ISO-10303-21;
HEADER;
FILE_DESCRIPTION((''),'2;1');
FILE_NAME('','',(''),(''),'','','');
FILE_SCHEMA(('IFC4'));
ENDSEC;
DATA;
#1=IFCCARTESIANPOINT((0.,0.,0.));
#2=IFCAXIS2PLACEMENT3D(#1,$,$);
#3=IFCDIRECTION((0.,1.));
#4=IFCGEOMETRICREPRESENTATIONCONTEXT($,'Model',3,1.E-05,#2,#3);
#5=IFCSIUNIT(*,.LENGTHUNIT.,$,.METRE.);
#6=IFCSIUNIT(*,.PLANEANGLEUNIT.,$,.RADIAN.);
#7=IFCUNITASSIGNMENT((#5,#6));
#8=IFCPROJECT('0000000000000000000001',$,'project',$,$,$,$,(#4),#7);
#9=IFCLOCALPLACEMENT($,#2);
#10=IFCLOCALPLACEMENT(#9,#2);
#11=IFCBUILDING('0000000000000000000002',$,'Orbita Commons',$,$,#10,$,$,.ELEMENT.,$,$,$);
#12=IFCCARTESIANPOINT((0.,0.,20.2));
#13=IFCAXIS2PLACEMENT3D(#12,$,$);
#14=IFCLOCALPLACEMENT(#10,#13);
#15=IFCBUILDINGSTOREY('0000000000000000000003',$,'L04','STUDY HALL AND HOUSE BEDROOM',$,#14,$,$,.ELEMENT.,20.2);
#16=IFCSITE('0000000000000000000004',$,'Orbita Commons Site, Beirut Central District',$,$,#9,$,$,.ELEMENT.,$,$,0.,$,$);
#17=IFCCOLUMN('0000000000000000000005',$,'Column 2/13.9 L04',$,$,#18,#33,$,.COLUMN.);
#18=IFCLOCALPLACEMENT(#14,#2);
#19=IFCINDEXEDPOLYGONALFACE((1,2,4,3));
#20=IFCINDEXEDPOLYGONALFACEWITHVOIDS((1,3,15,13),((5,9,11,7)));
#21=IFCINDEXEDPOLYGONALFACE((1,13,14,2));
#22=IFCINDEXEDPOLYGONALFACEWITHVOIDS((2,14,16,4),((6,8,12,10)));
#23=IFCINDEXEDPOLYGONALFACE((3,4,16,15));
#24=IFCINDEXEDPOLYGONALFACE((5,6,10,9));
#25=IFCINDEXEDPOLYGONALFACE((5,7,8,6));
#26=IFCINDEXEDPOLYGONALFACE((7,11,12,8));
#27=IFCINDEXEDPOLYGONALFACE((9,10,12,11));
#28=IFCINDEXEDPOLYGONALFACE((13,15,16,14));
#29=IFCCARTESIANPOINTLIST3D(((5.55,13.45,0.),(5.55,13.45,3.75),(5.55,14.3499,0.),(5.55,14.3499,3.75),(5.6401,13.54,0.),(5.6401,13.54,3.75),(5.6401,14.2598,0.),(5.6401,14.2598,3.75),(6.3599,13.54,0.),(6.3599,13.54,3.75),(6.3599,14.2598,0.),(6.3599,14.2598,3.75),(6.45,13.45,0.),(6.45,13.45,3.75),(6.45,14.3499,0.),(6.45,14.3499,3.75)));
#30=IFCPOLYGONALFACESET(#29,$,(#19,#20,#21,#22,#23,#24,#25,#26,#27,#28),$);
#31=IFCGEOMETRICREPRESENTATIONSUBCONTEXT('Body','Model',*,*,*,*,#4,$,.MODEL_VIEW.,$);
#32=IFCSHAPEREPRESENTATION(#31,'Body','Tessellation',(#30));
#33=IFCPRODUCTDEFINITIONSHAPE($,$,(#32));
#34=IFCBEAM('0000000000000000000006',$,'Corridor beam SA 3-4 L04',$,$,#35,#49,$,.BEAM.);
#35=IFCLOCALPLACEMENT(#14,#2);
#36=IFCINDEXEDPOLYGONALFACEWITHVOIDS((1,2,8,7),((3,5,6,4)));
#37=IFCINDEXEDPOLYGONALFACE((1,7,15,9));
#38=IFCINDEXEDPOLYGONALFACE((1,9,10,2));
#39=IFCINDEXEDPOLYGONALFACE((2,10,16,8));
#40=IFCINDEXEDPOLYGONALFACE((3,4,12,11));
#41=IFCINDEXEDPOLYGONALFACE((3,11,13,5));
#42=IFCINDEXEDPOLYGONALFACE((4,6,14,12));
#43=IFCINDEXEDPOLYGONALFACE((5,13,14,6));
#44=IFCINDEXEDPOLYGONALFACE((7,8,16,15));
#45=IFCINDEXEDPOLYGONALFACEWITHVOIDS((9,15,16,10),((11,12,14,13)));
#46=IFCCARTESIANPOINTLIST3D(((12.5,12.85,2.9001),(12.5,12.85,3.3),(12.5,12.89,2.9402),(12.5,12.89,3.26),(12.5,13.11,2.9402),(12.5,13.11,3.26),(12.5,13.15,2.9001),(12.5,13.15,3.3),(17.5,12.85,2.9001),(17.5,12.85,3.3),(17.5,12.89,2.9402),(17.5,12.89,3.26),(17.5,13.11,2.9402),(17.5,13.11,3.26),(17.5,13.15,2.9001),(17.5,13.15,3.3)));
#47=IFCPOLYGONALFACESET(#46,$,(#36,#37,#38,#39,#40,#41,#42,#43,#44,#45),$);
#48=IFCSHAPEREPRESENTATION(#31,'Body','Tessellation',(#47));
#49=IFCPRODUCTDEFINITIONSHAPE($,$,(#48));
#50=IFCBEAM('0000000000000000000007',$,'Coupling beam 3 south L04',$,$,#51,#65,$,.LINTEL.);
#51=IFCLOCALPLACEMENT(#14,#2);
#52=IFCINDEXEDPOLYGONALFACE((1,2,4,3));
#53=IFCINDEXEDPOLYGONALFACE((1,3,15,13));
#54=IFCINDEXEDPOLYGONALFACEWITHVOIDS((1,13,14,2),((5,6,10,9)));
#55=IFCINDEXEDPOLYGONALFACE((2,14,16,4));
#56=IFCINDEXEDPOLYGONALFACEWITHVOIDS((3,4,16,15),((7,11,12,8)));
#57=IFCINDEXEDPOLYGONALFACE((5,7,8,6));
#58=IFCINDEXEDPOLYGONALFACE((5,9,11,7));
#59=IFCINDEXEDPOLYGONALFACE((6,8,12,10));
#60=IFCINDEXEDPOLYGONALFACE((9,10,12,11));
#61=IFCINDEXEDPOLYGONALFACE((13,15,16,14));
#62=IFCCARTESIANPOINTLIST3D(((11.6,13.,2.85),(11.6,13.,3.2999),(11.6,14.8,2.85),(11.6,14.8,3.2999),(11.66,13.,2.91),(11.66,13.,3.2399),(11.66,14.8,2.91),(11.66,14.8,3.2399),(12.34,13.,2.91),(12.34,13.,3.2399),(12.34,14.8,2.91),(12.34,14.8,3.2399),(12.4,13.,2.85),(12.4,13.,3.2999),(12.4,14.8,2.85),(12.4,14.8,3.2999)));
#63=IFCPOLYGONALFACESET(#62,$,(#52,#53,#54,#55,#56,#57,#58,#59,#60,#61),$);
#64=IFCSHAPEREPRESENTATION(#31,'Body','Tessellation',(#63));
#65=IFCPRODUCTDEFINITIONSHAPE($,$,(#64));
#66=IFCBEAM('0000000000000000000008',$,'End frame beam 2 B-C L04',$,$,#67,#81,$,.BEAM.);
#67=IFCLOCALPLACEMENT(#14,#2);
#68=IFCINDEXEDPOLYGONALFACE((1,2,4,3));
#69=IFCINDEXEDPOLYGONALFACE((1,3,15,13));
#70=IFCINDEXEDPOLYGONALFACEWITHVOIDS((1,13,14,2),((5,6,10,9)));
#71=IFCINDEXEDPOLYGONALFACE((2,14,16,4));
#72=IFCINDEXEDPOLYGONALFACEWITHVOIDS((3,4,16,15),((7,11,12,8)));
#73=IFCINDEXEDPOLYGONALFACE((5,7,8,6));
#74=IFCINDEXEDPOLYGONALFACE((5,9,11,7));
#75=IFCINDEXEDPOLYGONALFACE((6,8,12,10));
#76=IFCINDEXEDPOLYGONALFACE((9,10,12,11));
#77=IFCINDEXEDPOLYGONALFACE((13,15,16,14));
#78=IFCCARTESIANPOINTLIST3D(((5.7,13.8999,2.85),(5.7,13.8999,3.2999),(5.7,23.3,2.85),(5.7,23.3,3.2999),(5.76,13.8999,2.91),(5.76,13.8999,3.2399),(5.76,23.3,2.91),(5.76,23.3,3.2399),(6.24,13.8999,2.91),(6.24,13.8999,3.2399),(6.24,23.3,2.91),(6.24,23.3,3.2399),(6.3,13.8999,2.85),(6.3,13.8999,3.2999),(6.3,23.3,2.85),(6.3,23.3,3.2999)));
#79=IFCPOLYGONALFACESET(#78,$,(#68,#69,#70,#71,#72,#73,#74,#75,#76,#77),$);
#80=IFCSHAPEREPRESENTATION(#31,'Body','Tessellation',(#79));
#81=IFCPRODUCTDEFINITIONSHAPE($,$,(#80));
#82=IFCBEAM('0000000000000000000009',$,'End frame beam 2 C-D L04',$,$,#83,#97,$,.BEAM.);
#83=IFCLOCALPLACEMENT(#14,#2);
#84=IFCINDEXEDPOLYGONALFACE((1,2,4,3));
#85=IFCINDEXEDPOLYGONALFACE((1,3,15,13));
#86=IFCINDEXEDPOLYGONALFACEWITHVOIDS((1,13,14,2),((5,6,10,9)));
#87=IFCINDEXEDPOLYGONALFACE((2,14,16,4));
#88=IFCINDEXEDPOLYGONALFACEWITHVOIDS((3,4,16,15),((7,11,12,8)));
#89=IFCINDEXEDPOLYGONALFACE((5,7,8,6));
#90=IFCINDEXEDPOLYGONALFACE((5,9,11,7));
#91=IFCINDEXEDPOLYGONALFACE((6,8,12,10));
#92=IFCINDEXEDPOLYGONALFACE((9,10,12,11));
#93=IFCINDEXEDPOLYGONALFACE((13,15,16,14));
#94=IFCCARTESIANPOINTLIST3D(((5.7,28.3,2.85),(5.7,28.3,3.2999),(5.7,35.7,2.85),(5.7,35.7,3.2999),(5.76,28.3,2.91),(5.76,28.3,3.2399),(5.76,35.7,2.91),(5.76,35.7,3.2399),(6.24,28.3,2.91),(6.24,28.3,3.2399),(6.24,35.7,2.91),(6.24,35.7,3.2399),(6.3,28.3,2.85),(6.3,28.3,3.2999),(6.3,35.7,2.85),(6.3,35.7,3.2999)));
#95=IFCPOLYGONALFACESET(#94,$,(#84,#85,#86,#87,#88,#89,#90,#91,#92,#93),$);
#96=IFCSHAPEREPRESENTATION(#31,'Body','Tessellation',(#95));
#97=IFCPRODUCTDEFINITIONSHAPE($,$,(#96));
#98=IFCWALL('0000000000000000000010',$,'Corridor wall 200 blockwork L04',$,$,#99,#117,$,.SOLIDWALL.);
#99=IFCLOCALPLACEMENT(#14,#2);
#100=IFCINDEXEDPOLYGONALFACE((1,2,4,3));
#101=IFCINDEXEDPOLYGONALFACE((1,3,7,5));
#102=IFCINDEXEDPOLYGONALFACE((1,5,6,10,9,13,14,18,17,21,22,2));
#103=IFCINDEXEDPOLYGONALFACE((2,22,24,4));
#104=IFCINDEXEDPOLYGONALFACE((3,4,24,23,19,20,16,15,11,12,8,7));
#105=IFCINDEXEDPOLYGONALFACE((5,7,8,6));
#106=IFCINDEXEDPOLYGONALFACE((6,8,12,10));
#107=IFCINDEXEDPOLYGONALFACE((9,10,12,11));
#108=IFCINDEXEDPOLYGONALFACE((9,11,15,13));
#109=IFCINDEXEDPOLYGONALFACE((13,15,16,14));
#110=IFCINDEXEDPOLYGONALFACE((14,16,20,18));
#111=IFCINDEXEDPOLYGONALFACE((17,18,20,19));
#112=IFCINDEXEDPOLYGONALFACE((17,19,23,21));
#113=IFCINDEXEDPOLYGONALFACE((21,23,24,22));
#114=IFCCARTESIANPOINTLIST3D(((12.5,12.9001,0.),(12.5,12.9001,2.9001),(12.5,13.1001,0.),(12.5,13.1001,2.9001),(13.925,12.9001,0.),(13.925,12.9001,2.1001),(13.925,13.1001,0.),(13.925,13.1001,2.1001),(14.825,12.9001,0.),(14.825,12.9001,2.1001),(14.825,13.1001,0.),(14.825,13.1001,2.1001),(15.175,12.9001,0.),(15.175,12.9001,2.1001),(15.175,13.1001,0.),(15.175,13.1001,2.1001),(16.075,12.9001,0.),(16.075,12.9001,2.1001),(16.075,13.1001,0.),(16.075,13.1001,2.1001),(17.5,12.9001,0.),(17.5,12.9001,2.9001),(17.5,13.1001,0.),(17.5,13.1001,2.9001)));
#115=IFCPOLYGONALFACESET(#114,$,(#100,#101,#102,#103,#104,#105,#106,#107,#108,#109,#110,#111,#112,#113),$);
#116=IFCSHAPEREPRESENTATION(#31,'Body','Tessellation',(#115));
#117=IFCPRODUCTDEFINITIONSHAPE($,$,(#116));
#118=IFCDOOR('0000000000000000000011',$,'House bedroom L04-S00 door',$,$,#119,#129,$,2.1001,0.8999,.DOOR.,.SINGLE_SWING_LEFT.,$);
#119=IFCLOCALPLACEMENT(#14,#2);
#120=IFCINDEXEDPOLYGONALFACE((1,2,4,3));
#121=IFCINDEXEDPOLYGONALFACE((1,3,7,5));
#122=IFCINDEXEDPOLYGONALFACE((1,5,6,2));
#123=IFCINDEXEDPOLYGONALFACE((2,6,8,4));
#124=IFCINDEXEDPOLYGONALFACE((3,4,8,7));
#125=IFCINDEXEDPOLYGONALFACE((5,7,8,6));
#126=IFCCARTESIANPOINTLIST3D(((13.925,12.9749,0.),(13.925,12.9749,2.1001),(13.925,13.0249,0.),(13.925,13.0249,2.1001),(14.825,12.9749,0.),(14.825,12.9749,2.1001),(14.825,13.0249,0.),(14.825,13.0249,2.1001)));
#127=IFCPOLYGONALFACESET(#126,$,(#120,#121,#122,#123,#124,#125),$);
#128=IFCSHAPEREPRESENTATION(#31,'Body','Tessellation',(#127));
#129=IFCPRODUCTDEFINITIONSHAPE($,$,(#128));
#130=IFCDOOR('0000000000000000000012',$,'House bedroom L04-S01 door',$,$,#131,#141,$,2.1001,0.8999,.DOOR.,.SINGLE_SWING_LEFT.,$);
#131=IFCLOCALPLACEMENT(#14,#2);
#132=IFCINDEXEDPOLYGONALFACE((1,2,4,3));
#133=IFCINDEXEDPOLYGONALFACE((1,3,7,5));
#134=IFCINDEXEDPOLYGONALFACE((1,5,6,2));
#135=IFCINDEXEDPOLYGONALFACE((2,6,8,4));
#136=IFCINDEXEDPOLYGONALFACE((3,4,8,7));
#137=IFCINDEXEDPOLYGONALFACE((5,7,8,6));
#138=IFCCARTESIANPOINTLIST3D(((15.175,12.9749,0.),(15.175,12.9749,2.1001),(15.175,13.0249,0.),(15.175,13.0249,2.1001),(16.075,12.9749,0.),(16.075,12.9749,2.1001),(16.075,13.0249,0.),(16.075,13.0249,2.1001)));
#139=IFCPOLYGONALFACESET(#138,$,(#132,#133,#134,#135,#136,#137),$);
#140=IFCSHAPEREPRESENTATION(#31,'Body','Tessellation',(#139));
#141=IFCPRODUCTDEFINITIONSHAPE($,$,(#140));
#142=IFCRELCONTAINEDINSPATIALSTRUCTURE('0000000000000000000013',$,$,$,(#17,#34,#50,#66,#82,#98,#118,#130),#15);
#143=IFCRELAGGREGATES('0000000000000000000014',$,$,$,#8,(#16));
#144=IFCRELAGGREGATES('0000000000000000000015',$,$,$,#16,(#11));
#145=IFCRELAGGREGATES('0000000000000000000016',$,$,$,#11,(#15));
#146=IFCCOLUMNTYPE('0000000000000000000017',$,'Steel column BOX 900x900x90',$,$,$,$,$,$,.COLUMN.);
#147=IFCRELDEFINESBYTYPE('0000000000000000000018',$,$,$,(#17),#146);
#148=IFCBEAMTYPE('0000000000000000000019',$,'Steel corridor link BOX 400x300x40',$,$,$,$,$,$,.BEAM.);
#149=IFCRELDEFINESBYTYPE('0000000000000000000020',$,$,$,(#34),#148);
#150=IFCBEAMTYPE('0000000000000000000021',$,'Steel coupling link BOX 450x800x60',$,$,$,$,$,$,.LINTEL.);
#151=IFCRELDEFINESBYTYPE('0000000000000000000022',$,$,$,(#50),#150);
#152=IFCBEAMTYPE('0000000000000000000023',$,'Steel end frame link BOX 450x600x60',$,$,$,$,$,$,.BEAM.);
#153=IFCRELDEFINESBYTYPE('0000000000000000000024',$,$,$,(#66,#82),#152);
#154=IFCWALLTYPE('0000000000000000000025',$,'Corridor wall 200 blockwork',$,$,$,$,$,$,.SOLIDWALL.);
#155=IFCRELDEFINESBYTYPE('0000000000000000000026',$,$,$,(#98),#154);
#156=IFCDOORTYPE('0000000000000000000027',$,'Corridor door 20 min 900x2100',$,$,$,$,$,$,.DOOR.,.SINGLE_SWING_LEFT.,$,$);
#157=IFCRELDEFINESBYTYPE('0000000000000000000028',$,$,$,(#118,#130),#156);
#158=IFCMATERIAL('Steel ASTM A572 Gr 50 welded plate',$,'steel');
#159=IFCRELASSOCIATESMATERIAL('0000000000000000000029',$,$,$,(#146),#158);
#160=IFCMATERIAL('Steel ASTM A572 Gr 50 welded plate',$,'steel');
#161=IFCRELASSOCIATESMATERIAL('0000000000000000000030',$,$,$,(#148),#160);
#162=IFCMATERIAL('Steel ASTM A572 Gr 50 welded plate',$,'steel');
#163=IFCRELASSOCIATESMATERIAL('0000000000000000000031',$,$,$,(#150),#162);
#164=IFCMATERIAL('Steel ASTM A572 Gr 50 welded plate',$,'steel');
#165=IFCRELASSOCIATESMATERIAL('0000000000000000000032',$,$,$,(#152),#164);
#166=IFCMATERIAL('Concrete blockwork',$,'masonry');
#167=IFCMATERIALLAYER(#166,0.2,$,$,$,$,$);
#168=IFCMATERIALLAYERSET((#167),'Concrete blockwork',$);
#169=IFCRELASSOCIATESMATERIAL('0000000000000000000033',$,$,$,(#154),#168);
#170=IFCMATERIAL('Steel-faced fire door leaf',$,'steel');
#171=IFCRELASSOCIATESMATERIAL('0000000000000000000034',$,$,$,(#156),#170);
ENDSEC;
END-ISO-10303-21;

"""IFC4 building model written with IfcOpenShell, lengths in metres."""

from ifc_helpers import new_model, si_unit, direction, frame, frame_2d, origin, origin_2d, place, context, subcontext, project, spatial, polyline, rectangle, hollow_rectangle, outline, extrude, material, layer, layer_set, material_profile, profile_set, type_object, element, fill, save


model = new_model("IFC4")

# Units and contexts
model_context = context("Model", 3, precision=1e-05, world=origin(), true_north=direction((0.0, 1.0)))
body_context = subcontext(model_context, "Body", "Model", "MODEL_VIEW")
ifc_project = project(units=[si_unit("LENGTHUNIT", "METRE"), si_unit("PLANEANGLEUNIT", "RADIAN")], contexts=[model_context])

# Site, building, storey
site_placement = place(None, origin())
site = spatial("IfcSite", under=ifc_project, at=site_placement, Name="Orbita Commons Site, Beirut Central District", CompositionType="ELEMENT", RefElevation=0.0)
building_placement = place(site_placement, origin())
building = spatial("IfcBuilding", under=site, at=building_placement, Name="Orbita Commons", CompositionType="ELEMENT")
storey_placement = place(building_placement, frame((0.0, 0.0, 20.2)))
storey = spatial("IfcBuildingStorey", under=building, at=storey_placement, Name="L04", Description="STUDY HALL AND HOUSE BEDROOM", CompositionType="ELEMENT", Elevation=20.2)

# Column
ifc_material_1 = material(Name="Steel ASTM A572 Gr 50 welded plate", Category="steel")
ifc_material_profile_1 = material_profile(ifc_material_1, hollow_rectangle(XDim=0.8999, YDim=0.8999, WallThickness=0.0901, at=origin_2d()), Name="BOX 900x900x90")
ifc_profile_set_1 = profile_set([ifc_material_profile_1], Name="Steel ASTM A572 Gr 50 welded plate")
column_type = type_object("IfcColumnType", Name="Steel column BOX 900x900x90", PredefinedType="COLUMN", material=ifc_profile_set_1)
column_placement = place(storey_placement, frame((6.0, 13.8999, 0.0), z_axis=(0.0, 0.0, 1.0), x_axis=(1.0, 0.0, 0.0)))
element("IfcColumn", 1, at=column_placement, inside=storey, type_object=column_type, Name="Column 2/13.9 L04", PredefinedType="COLUMN", context=body_context, shape_type="SweptSolid", body=[
    extrude(hollow_rectangle(XDim=0.8999, YDim=0.8999, WallThickness=0.0901, at=origin_2d()), origin(), (0.0, 0.0, 1.0), 3.75),
])

# Beams
ifc_material_2 = material(Name="Steel ASTM A572 Gr 50 welded plate", Category="steel")
ifc_material_profile_2 = material_profile(ifc_material_2, hollow_rectangle(XDim=0.3, YDim=0.3999, WallThickness=0.04, at=origin_2d()), Name="BOX 400x300x40")
ifc_profile_set_2 = profile_set([ifc_material_profile_2], Name="Steel ASTM A572 Gr 50 welded plate")
beam_type_1 = type_object("IfcBeamType", Name="Steel corridor link BOX 400x300x40", PredefinedType="BEAM", material=ifc_profile_set_2)
beam_1_placement = place(storey_placement, frame((12.5, 13.0, 3.1001), z_axis=(1.0, 0.0, 0.0), x_axis=(0.0, 1.0, 0.0)))
element("IfcBeam", 2, at=beam_1_placement, inside=storey, type_object=beam_type_1, Name="Corridor beam SA 3-4 L04", PredefinedType="BEAM", context=body_context, shape_type="SweptSolid", body=[
    extrude(hollow_rectangle(XDim=0.3, YDim=0.3999, WallThickness=0.04, at=origin_2d()), origin(), (0.0, 0.0, 1.0), 5.0),
])
ifc_material_3 = material(Name="Steel ASTM A572 Gr 50 welded plate", Category="steel")
ifc_material_profile_3 = material_profile(ifc_material_3, hollow_rectangle(XDim=0.8, YDim=0.45, WallThickness=0.0601, at=origin_2d()), Name="BOX 450x800x60")
ifc_profile_set_3 = profile_set([ifc_material_profile_3], Name="Steel ASTM A572 Gr 50 welded plate")
beam_type_2 = type_object("IfcBeamType", Name="Steel coupling link BOX 450x800x60", PredefinedType="LINTEL", material=ifc_profile_set_3)
beam_2_placement = place(storey_placement, frame((12.0, 13.0, 3.075), z_axis=(0.0, 1.0, 0.0), x_axis=(-1.0, 0.0, 0.0)))
element("IfcBeam", 3, at=beam_2_placement, inside=storey, type_object=beam_type_2, Name="Coupling beam 3 south L04", PredefinedType="LINTEL", context=body_context, shape_type="SweptSolid", body=[
    extrude(hollow_rectangle(XDim=0.8, YDim=0.45, WallThickness=0.0601, at=origin_2d()), origin(), (0.0, 0.0, 1.0), 1.8),
])
ifc_material_4 = material(Name="Steel ASTM A572 Gr 50 welded plate", Category="steel")
ifc_material_profile_4 = material_profile(ifc_material_4, hollow_rectangle(XDim=0.6001, YDim=0.45, WallThickness=0.0601, at=origin_2d()), Name="BOX 450x600x60")
ifc_profile_set_4 = profile_set([ifc_material_profile_4], Name="Steel ASTM A572 Gr 50 welded plate")
beam_type_3 = type_object("IfcBeamType", Name="Steel end frame link BOX 450x600x60", PredefinedType="BEAM", material=ifc_profile_set_4)
beam_3_placement = place(storey_placement, frame((6.0, 13.8999, 3.075), z_axis=(0.0, 1.0, 0.0), x_axis=(-1.0, 0.0, 0.0)))
element("IfcBeam", 4, at=beam_3_placement, inside=storey, type_object=beam_type_3, Name="End frame beam 2 B-C L04", PredefinedType="BEAM", context=body_context, shape_type="SweptSolid", body=[
    extrude(hollow_rectangle(XDim=0.6001, YDim=0.45, WallThickness=0.0601, at=origin_2d()), origin(), (0.0, 0.0, 1.0), 9.4001),
])
beam_4_placement = place(storey_placement, frame((6.0, 28.3, 3.075), z_axis=(0.0, 1.0, 0.0), x_axis=(-1.0, 0.0, 0.0)))
element("IfcBeam", 5, at=beam_4_placement, inside=storey, type_object=beam_type_3, Name="End frame beam 2 C-D L04", PredefinedType="BEAM", context=body_context, shape_type="SweptSolid", body=[
    extrude(hollow_rectangle(XDim=0.6001, YDim=0.45, WallThickness=0.0601, at=origin_2d()), origin(), (0.0, 0.0, 1.0), 7.3999),
])

# Wall, openings, doors
ifc_material_5 = material(Name="Concrete blockwork", Category="masonry")
ifc_layer_1 = layer(ifc_material_5, 0.2)
ifc_layer_set_1 = layer_set([ifc_layer_1], Name="Concrete blockwork")
wall_type_1 = type_object("IfcWallType", Name="Corridor wall 200 blockwork", PredefinedType="SOLIDWALL", material=ifc_layer_set_1)
wall_1_placement = place(storey_placement, frame((12.5, 13.0, 0.0), z_axis=(0.0, 0.0, 1.0), x_axis=(1.0, 0.0, 0.0)))
wall_1 = element("IfcWall", 6, at=wall_1_placement, inside=storey, type_object=wall_type_1, Name="Corridor wall 200 blockwork L04", PredefinedType="SOLIDWALL", context=body_context, shape_type="SweptSolid", body=[
    extrude(outline(polyline([(0.0, 0.0), (5.0, 0.0), (5.0, 2.9001), (0.0, 2.9001), (0.0, 0.0)])), frame((0.0, 0.1001, 0.0), z_axis=(0.0, -1.0, 0.0), x_axis=(1.0, 0.0, 0.0)), (0.0, 0.0, 1.0), 0.2),
])
opening_1_placement = place(wall_1_placement, frame((1.425, 0.0, 0.0)))
opening_1 = element("IfcOpeningElement", 7, at=opening_1_placement, cuts=wall_1, PredefinedType="OPENING", context=body_context, shape_type="SweptSolid", body=[
    extrude(rectangle(XDim=0.8999, YDim=2.1001, at=frame_2d((0.45, 1.05))), frame((0.0, 0.1099, 0.0), z_axis=(0.0, -1.0, 0.0), x_axis=(1.0, 0.0, 0.0)), (0.0, 0.0, 1.0), 0.22),
])
opening_2_placement = place(wall_1_placement, frame((2.675, 0.0, 0.0)))
opening_2 = element("IfcOpeningElement", 8, at=opening_2_placement, cuts=wall_1, PredefinedType="OPENING", context=body_context, shape_type="SweptSolid", body=[
    extrude(rectangle(XDim=0.8999, YDim=2.1001, at=frame_2d((0.45, 1.05))), frame((0.0, 0.1099, 0.0), z_axis=(0.0, -1.0, 0.0), x_axis=(1.0, 0.0, 0.0)), (0.0, 0.0, 1.0), 0.22),
])
ifc_material_6 = material(Name="Steel-faced fire door leaf", Category="steel")
door_type_1 = type_object("IfcDoorType", Name="Corridor door 20 min 900x2100", OperationType="SINGLE_SWING_LEFT", PredefinedType="DOOR", material=ifc_material_6)
door_1_placement = place(opening_1_placement, origin())
door_1 = element("IfcDoor", 9, at=door_1_placement, inside=storey, type_object=door_type_1, Name="House bedroom L04-S00 door", OperationType="SINGLE_SWING_LEFT", OverallHeight=2.1001, OverallWidth=0.8999, PredefinedType="DOOR", context=body_context, shape_type="SweptSolid", body=[
    extrude(rectangle(XDim=0.8999, YDim=2.1001, at=frame_2d((0.45, 1.05))), frame((0.0, 0.0249, 0.0), z_axis=(0.0, -1.0, 0.0), x_axis=(1.0, 0.0, 0.0)), (0.0, 0.0, 1.0), 0.05),
])
fill(opening_1, door_1)
door_2_placement = place(opening_2_placement, origin())
door_2 = element("IfcDoor", 10, at=door_2_placement, inside=storey, type_object=door_type_1, Name="House bedroom L04-S01 door", OperationType="SINGLE_SWING_LEFT", OverallHeight=2.1001, OverallWidth=0.8999, PredefinedType="DOOR", context=body_context, shape_type="SweptSolid", body=[
    extrude(rectangle(XDim=0.8999, YDim=2.1001, at=frame_2d((0.45, 1.05))), frame((0.0, 0.0249, 0.0), z_axis=(0.0, -1.0, 0.0), x_axis=(1.0, 0.0, 0.0)), (0.0, 0.0, 1.0), 0.05),
])
fill(opening_2, door_2)

save(model, "model.ifc")
